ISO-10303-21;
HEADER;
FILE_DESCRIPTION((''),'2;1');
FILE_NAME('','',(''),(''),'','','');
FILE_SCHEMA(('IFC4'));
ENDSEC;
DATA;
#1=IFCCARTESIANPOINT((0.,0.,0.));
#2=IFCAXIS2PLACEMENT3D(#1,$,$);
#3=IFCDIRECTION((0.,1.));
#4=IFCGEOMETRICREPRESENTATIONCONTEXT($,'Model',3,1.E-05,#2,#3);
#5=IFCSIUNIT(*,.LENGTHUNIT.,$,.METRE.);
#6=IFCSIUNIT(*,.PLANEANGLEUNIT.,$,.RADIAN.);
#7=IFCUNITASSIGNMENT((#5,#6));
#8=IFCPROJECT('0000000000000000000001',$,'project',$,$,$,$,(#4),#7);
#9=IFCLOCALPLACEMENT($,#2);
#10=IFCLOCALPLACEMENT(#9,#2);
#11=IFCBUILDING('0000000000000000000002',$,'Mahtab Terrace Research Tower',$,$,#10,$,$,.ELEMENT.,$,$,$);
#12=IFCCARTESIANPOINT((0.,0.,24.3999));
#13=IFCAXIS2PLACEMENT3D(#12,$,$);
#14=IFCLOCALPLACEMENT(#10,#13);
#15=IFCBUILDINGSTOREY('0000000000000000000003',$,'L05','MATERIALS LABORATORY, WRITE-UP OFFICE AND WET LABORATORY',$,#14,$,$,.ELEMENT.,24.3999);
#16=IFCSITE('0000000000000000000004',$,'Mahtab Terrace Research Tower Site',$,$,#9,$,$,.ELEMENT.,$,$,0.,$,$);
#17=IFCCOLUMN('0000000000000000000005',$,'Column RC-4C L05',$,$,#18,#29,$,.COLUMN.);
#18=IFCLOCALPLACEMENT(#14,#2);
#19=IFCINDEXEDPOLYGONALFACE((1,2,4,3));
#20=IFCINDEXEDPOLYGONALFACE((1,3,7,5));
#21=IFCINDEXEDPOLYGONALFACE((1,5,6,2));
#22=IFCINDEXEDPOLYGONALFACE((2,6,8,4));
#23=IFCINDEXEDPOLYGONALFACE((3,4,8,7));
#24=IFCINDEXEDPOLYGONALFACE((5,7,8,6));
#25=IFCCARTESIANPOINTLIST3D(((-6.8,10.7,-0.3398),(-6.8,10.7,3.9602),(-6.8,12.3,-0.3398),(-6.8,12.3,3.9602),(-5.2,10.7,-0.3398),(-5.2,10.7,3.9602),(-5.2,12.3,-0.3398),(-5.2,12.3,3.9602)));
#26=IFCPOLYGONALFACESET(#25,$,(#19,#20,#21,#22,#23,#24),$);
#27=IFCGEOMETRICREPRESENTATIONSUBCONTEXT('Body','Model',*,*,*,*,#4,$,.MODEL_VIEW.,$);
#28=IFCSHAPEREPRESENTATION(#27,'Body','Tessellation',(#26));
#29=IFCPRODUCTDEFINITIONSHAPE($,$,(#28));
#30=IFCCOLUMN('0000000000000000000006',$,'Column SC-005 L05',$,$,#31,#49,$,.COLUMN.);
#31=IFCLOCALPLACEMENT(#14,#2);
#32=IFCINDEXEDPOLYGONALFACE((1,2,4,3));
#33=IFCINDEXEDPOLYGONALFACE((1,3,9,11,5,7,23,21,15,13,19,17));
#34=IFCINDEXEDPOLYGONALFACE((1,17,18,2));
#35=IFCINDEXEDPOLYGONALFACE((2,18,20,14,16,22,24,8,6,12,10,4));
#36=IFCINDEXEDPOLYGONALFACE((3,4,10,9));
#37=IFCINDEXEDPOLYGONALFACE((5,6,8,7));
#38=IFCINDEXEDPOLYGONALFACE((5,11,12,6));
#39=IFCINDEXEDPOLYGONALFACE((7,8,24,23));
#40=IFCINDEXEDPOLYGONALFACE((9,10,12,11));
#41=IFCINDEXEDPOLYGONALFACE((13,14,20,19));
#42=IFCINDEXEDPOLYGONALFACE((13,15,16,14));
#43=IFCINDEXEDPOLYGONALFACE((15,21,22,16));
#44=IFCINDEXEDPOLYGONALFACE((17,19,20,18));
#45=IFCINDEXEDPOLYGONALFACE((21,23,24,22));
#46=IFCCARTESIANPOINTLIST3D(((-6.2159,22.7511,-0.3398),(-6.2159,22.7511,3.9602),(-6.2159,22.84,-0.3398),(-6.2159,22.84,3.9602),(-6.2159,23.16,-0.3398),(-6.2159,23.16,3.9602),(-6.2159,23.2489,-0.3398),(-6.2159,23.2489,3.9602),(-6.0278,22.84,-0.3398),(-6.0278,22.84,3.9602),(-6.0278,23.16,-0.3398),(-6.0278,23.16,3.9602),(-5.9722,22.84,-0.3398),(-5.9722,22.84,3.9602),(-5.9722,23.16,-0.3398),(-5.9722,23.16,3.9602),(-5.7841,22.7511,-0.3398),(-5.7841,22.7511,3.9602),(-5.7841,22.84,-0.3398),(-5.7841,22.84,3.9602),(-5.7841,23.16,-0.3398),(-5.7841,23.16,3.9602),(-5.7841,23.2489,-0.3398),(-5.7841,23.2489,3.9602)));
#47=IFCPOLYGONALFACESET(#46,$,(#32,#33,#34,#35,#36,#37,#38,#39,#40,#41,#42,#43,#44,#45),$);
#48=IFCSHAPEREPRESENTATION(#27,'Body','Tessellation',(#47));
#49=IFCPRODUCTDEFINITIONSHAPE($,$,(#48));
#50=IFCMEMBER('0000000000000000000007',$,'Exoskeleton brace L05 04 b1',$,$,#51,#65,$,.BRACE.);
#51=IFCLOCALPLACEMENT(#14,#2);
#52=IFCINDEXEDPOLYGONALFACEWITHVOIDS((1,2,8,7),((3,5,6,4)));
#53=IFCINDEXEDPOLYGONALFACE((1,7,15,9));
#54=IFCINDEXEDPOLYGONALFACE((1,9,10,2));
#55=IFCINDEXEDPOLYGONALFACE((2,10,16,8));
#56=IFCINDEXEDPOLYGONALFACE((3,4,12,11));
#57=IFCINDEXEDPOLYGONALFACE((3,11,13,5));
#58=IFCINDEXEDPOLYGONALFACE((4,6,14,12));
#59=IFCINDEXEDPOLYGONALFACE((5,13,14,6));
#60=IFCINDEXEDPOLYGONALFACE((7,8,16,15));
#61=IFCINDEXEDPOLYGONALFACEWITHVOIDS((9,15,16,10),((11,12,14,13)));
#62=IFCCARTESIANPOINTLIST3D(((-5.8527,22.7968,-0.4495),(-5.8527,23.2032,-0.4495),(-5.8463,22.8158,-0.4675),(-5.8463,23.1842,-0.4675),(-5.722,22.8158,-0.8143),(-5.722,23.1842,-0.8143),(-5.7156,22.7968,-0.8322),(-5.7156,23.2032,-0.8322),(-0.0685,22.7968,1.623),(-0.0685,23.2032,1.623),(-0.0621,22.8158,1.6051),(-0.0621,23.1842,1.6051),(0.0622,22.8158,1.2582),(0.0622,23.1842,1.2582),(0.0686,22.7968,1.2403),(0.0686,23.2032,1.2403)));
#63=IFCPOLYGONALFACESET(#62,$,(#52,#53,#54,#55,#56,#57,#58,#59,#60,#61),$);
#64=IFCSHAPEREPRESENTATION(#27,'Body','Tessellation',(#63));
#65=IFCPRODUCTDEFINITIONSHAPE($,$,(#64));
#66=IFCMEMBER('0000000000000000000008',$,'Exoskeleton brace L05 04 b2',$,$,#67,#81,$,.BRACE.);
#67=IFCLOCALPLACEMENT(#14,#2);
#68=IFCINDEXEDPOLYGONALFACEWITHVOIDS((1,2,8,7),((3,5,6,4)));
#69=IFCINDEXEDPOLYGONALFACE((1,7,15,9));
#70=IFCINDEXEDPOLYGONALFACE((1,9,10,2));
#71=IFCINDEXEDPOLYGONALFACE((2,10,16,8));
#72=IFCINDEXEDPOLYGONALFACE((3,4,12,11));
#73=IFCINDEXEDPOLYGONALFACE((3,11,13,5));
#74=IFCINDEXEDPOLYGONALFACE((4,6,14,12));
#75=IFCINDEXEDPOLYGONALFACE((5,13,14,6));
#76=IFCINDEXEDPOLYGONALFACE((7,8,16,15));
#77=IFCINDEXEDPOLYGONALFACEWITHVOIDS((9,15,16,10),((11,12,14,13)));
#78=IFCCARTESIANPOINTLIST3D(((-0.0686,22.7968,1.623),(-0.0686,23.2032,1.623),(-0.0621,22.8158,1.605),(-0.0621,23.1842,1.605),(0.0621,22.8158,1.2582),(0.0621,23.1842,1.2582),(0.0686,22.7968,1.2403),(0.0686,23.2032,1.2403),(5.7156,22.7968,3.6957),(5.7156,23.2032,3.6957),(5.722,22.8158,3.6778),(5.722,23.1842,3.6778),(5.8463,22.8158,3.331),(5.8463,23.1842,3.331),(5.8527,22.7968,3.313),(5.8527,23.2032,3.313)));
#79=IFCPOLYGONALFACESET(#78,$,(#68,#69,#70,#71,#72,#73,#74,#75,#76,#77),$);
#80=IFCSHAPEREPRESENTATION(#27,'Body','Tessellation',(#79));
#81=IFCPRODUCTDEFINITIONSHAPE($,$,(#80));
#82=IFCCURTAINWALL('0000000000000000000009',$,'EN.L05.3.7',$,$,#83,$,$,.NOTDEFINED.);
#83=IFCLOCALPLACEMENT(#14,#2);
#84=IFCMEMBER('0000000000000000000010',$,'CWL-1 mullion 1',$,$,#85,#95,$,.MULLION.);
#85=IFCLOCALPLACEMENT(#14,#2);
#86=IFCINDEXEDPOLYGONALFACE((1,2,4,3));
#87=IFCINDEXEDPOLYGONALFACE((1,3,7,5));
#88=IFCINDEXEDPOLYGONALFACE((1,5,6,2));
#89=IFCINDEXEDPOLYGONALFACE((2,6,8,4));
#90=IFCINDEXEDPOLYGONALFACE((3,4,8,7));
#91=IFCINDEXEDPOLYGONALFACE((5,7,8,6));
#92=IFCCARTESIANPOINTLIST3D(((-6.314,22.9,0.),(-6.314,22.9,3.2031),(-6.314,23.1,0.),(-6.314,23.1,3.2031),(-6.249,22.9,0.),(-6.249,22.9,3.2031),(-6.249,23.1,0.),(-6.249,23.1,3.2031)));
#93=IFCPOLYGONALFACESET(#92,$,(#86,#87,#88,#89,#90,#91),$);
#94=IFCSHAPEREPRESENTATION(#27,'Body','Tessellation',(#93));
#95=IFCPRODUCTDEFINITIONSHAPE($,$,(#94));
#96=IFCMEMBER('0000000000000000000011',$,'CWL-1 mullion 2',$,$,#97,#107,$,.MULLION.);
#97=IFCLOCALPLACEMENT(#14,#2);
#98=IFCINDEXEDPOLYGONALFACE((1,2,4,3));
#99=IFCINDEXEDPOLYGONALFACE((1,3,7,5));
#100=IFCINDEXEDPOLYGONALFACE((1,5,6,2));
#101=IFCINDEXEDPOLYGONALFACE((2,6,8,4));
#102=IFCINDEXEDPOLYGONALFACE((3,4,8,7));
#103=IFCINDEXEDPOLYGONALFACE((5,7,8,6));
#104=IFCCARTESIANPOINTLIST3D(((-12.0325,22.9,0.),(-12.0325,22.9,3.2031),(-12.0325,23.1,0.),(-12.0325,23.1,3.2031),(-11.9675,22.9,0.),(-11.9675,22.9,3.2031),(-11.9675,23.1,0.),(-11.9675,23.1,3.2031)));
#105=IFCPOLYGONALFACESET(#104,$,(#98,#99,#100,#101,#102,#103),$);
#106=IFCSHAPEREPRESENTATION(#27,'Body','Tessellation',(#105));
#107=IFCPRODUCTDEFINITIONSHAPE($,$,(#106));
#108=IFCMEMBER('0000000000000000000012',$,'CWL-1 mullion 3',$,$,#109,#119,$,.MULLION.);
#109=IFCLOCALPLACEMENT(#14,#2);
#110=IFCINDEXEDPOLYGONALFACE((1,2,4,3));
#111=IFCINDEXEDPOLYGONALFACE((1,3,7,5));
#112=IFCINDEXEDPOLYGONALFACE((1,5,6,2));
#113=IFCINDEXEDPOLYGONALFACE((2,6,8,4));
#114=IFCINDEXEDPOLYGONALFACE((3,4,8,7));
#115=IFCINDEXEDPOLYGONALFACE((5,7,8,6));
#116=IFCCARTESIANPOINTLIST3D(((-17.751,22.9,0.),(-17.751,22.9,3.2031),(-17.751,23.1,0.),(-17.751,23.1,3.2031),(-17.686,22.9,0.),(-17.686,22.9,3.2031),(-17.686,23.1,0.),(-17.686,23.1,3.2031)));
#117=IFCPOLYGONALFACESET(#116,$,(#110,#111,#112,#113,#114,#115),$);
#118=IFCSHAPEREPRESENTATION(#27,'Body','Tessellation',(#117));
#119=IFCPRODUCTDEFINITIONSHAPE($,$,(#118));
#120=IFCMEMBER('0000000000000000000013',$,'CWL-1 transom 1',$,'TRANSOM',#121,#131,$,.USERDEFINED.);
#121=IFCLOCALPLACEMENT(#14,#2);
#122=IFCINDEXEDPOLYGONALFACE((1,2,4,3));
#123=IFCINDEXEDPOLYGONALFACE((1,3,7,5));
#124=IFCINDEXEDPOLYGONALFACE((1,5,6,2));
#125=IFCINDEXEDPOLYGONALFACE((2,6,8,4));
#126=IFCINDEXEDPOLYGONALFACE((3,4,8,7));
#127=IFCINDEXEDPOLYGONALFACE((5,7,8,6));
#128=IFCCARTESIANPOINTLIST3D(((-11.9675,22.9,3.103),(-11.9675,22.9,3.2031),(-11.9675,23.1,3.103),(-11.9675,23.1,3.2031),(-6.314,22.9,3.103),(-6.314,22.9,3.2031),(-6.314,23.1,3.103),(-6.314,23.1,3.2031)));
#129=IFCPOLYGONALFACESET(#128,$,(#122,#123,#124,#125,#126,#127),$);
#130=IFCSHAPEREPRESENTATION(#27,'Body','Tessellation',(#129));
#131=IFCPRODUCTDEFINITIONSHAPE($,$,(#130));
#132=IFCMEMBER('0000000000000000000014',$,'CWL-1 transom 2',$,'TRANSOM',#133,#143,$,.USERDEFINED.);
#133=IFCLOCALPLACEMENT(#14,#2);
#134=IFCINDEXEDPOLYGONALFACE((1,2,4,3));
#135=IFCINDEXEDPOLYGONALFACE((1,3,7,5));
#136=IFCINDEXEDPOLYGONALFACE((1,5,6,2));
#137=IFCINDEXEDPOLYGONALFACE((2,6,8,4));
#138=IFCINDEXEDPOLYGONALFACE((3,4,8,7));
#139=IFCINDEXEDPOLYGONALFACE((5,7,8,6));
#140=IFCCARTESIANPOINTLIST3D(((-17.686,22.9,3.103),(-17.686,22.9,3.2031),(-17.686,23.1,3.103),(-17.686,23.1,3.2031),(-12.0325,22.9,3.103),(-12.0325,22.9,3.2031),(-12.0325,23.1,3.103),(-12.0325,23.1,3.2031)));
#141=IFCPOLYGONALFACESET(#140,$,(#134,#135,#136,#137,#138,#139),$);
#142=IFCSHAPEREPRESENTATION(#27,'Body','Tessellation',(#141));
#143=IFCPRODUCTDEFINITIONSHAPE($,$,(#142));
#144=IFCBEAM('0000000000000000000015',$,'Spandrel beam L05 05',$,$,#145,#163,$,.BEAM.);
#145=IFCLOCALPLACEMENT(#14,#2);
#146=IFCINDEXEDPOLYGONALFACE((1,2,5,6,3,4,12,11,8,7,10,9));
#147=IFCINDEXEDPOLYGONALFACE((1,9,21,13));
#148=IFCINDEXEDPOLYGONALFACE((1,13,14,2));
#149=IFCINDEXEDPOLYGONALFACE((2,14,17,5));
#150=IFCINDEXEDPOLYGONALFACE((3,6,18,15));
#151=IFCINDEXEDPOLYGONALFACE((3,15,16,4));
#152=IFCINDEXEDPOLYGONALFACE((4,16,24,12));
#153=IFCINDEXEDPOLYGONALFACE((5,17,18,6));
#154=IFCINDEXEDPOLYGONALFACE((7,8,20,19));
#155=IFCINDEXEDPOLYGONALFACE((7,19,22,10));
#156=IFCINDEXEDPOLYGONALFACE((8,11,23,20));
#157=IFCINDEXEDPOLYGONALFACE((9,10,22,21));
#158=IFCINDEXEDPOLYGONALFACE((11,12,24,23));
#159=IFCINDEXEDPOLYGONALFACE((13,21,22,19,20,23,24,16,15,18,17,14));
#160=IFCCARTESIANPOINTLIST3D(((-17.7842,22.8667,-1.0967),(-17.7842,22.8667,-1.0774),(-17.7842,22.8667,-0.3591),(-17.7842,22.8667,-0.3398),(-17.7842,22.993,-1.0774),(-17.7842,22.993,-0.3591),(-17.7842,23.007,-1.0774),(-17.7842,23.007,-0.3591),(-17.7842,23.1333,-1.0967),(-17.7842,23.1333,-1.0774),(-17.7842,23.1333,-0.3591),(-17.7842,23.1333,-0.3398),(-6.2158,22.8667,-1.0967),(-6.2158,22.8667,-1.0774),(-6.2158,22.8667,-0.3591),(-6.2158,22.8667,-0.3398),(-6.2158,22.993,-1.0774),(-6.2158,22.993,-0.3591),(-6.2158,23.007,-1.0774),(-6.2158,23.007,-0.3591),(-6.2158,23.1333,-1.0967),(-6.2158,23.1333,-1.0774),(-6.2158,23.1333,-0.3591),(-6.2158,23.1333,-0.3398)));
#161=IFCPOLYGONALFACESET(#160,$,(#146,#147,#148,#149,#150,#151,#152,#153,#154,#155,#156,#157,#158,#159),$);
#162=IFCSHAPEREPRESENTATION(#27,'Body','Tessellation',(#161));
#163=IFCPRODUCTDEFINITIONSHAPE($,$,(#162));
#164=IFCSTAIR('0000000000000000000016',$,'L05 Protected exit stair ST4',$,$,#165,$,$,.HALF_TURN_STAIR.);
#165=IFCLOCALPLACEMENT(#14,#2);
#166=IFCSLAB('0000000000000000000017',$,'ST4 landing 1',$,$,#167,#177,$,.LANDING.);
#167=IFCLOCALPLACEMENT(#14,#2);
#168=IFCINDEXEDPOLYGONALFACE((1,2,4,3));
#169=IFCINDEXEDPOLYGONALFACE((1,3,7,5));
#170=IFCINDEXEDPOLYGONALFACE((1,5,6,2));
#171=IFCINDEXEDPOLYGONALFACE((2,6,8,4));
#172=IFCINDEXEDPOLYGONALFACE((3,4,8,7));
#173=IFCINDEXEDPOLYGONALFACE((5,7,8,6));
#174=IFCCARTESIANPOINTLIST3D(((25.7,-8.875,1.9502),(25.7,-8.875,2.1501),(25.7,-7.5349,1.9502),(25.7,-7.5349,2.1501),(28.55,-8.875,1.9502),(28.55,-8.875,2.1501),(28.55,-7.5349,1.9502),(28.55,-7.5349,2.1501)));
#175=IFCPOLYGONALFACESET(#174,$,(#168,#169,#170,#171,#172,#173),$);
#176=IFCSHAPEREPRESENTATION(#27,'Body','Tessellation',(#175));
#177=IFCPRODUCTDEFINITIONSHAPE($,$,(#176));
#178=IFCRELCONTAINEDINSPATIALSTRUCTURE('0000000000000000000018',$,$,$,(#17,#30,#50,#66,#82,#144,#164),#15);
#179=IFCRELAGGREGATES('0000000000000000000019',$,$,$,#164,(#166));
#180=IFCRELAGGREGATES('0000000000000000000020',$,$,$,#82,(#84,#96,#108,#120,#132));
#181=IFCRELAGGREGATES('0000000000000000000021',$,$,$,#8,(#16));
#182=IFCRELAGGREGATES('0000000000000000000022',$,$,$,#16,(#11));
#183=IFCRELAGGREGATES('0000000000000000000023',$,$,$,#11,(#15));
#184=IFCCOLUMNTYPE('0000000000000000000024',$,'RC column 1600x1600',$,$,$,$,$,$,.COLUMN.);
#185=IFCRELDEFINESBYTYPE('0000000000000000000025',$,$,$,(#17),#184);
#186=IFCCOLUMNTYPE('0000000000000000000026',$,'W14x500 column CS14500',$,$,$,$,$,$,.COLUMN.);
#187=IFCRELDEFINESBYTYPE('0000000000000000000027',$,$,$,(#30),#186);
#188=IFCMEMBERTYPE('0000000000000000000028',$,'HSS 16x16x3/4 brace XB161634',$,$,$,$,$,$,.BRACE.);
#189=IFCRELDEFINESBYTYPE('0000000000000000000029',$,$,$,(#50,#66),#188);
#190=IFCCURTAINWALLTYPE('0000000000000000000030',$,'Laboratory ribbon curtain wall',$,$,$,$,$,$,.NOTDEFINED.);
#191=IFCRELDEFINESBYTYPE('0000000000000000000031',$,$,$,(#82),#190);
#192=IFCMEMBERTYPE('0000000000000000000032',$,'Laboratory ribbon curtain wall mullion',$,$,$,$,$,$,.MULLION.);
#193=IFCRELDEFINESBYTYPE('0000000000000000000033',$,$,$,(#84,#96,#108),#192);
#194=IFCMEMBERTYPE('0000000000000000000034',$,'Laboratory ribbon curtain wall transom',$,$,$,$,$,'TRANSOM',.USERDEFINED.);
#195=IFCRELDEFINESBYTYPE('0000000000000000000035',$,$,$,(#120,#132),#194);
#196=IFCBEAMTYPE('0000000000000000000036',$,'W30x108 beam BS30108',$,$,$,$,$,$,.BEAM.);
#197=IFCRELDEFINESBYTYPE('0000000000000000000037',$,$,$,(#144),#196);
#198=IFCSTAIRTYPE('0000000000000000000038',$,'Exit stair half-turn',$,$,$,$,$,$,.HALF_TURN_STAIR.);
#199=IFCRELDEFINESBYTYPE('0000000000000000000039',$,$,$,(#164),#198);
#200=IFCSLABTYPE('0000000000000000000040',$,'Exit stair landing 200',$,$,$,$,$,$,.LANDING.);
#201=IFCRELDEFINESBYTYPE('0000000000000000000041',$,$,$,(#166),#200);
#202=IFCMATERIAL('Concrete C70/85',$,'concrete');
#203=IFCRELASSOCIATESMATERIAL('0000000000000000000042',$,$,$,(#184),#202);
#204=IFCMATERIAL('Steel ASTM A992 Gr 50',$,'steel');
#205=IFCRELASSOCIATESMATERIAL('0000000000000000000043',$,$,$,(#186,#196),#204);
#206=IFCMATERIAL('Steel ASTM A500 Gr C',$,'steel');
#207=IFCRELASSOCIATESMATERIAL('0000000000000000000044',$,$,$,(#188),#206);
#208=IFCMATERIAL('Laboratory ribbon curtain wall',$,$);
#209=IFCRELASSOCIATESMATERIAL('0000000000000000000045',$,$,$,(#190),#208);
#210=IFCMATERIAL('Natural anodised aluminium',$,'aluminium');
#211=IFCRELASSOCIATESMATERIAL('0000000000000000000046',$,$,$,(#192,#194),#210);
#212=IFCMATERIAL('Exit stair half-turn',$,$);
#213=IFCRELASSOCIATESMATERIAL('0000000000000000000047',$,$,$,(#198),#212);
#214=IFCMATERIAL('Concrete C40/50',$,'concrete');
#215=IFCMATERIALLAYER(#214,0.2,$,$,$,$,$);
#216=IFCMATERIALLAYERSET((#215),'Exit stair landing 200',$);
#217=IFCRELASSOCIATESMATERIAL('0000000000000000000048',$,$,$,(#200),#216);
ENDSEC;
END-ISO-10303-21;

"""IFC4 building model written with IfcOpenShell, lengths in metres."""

from ifc_helpers import new_model, si_unit, direction, frame, origin, origin_2d, place, context, subcontext, project, spatial, polyline, rectangle, hollow_rectangle, i_section, outline, extrude, material, layer, layer_set, material_profile, profile_set, type_object, element, aggregate, save


model = new_model("IFC4")

# Units and contexts
model_context = context("Model", 3, precision=1e-05, world=origin(), true_north=direction((0.0, 1.0)))
body_context = subcontext(model_context, "Body", "Model", "MODEL_VIEW")
ifc_project = project(units=[si_unit("LENGTHUNIT", "METRE"), si_unit("PLANEANGLEUNIT", "RADIAN")], contexts=[model_context])

# Site, building, storey
site_placement = place(None, origin())
site = spatial("IfcSite", under=ifc_project, at=site_placement, Name="Mahtab Terrace Research Tower Site", CompositionType="ELEMENT", RefElevation=0.0)
building_placement = place(site_placement, origin())
building = spatial("IfcBuilding", under=site, at=building_placement, Name="Mahtab Terrace Research Tower", CompositionType="ELEMENT")
storey_placement = place(building_placement, frame((0.0, 0.0, 24.3999)))
storey = spatial("IfcBuildingStorey", under=building, at=storey_placement, Name="L05", Description="MATERIALS LABORATORY, WRITE-UP OFFICE AND WET LABORATORY", CompositionType="ELEMENT", Elevation=24.3999)

# Columns
ifc_material_1 = material(Name="Concrete C70/85", Category="concrete")
ifc_material_profile_1 = material_profile(ifc_material_1, rectangle(XDim=1.6001, YDim=1.6001, at=origin_2d()), Name="RC column 1600x1600")
ifc_profile_set_1 = profile_set([ifc_material_profile_1], Name="Concrete C70/85")
column_type_1 = type_object("IfcColumnType", Name="RC column 1600x1600", PredefinedType="COLUMN", material=ifc_profile_set_1)
column_1_placement = place(storey_placement, frame((-6.0, 11.5, -0.3398), z_axis=(0.0, 0.0, 1.0), x_axis=(1.0, 0.0, 0.0)))
element("IfcColumn", 1, at=column_1_placement, inside=storey, type_object=column_type_1, Name="Column RC-4C L05", PredefinedType="COLUMN", context=body_context, shape_type="SweptSolid", body=[
    extrude(rectangle(XDim=1.6001, YDim=1.6001, at=origin_2d()), origin(), (0.0, 0.0, 1.0), 4.3),
])
ifc_material_2 = material(Name="Steel ASTM A992 Gr 50", Category="steel")
ifc_material_profile_2 = material_profile(ifc_material_2, i_section(OverallWidth=0.4319, OverallDepth=0.4978, WebThickness=0.0557, FlangeThickness=0.0889, at=origin_2d()), Name="W14X500")
ifc_profile_set_2 = profile_set([ifc_material_profile_2], Name="Steel ASTM A992 Gr 50")
column_type_2 = type_object("IfcColumnType", Name="W14x500 column CS14500", PredefinedType="COLUMN", material=ifc_profile_set_2)
column_2_placement = place(storey_placement, frame((-6.0, 23.0, -0.3398), z_axis=(0.0, 0.0, 1.0), x_axis=(1.0, 0.0, 0.0)))
element("IfcColumn", 2, at=column_2_placement, inside=storey, type_object=column_type_2, Name="Column SC-005 L05", PredefinedType="COLUMN", context=body_context, shape_type="SweptSolid", body=[
    extrude(i_section(OverallWidth=0.4319, OverallDepth=0.4978, WebThickness=0.0557, FlangeThickness=0.0889, at=origin_2d()), origin(), (0.0, 0.0, 1.0), 4.3),
])

# Members
ifc_material_3 = material(Name="Steel ASTM A500 Gr C", Category="steel")
ifc_material_profile_3 = material_profile(ifc_material_3, hollow_rectangle(XDim=0.4065, YDim=0.4065, WallThickness=0.019, at=origin_2d()), Name="HSS16X16X3/4")
ifc_profile_set_3 = profile_set([ifc_material_profile_3], Name="Steel ASTM A500 Gr C")
member_type_1 = type_object("IfcMemberType", Name="HSS 16x16x3/4 brace XB161634", PredefinedType="BRACE", material=ifc_profile_set_3)
for number, where, z_axis, x_axis, name in (
    (3, (-5.7842, 23.0, -0.6409), (0.941394, 0.0, 0.337308), (0.0, 1.0, 0.0), "Exoskeleton brace L05 04 b1"),
    (4, (0.0, 23.0, 1.4316), (0.941382, 0.0, 0.337343), (0.0, 1.0, 0.0), "Exoskeleton brace L05 04 b2"),
):
    element("IfcMember", number, at=place(storey_placement, frame(where, z_axis=z_axis, x_axis=x_axis)), inside=storey, type_object=member_type_1, Name=name, PredefinedType="BRACE", context=body_context, shape_type="SweptSolid", body=[
        extrude(hollow_rectangle(XDim=0.4065, YDim=0.4065, WallThickness=0.019, at=origin_2d()), origin(), (0.0, 0.0, 1.0), 6.1443),
    ])

# Curtain wall, members
ifc_material_4 = material(Name="Laboratory ribbon curtain wall")
curtain_wall_type = type_object("IfcCurtainWallType", Name="Laboratory ribbon curtain wall", PredefinedType="NOTDEFINED", material=ifc_material_4)
curtain_wall_placement = place(storey_placement, origin())
curtain_wall = element("IfcCurtainWall", 5, at=curtain_wall_placement, inside=storey, type_object=curtain_wall_type, Name="EN.L05.3.7", PredefinedType="NOTDEFINED")
ifc_material_5 = material(Name="Natural anodised aluminium", Category="aluminium")
ifc_material_profile_4 = material_profile(ifc_material_5, rectangle(XDim=0.2, YDim=0.0649, at=origin_2d()), Name="MULLION 65x200")
ifc_profile_set_4 = profile_set([ifc_material_profile_4], Name="Natural anodised aluminium")
member_type_2 = type_object("IfcMemberType", Name="Laboratory ribbon curtain wall mullion", PredefinedType="MULLION", material=ifc_profile_set_4)
member_1_placement = place(storey_placement, frame((-6.2815, 23.0, 0.0), z_axis=(0.0, 0.0, 1.0), x_axis=(0.0, -1.0, 0.0)))
member_1 = element("IfcMember", 6, at=member_1_placement, type_object=member_type_2, Name="CWL-1 mullion 1", PredefinedType="MULLION", context=body_context, shape_type="SweptSolid", body=[
    extrude(rectangle(XDim=0.2, YDim=0.0649, at=origin_2d()), origin(), (0.0, 0.0, 1.0), 3.2031),
])
member_2_placement = place(storey_placement, frame((-12.0, 23.0, 0.0), z_axis=(0.0, 0.0, 1.0), x_axis=(0.0, -1.0, 0.0)))
member_2 = element("IfcMember", 7, at=member_2_placement, type_object=member_type_2, Name="CWL-1 mullion 2", PredefinedType="MULLION", context=body_context, shape_type="SweptSolid", body=[
    extrude(rectangle(XDim=0.2, YDim=0.0649, at=origin_2d()), origin(), (0.0, 0.0, 1.0), 3.2031),
])
member_3_placement = place(storey_placement, frame((-17.7185, 23.0, 0.0), z_axis=(0.0, 0.0, 1.0), x_axis=(0.0, -1.0, 0.0)))
member_3 = element("IfcMember", 8, at=member_3_placement, type_object=member_type_2, Name="CWL-1 mullion 3", PredefinedType="MULLION", context=body_context, shape_type="SweptSolid", body=[
    extrude(rectangle(XDim=0.2, YDim=0.0649, at=origin_2d()), origin(), (0.0, 0.0, 1.0), 3.2031),
])
ifc_material_profile_5 = material_profile(ifc_material_5, rectangle(XDim=0.2, YDim=0.1001, at=origin_2d()), Name="TRANSOM 100x200")
ifc_profile_set_5 = profile_set([ifc_material_profile_5], Name="Natural anodised aluminium")
member_type_3 = type_object("IfcMemberType", Name="Laboratory ribbon curtain wall transom", ElementType="TRANSOM", PredefinedType="USERDEFINED", material=ifc_profile_set_5)
member_4_placement = place(storey_placement, frame((-6.314, 23.0, 3.1531), z_axis=(-1.0, 0.0, 0.0), x_axis=(0.0, -1.0, 0.0)))
member_4 = element("IfcMember", 9, at=member_4_placement, type_object=member_type_3, Name="CWL-1 transom 1", ObjectType="TRANSOM", PredefinedType="USERDEFINED", context=body_context, shape_type="SweptSolid", body=[
    extrude(rectangle(XDim=0.2, YDim=0.1001, at=origin_2d()), origin(), (0.0, 0.0, 1.0), 5.6536),
])
member_5_placement = place(storey_placement, frame((-12.0325, 23.0, 3.1531), z_axis=(-1.0, 0.0, 0.0), x_axis=(0.0, -1.0, 0.0)))
member_5 = element("IfcMember", 10, at=member_5_placement, type_object=member_type_3, Name="CWL-1 transom 2", ObjectType="TRANSOM", PredefinedType="USERDEFINED", context=body_context, shape_type="SweptSolid", body=[
    extrude(rectangle(XDim=0.2, YDim=0.1001, at=origin_2d()), origin(), (0.0, 0.0, 1.0), 5.6536),
])

# Beam
ifc_material_profile_6 = material_profile(ifc_material_2, i_section(OverallWidth=0.2666, OverallDepth=0.7568, WebThickness=0.0139, FlangeThickness=0.0193, at=origin_2d()), Name="W30X108")
ifc_profile_set_6 = profile_set([ifc_material_profile_6], Name="Steel ASTM A992 Gr 50")
beam_type = type_object("IfcBeamType", Name="W30x108 beam BS30108", PredefinedType="BEAM", material=ifc_profile_set_6)
beam_placement = place(storey_placement, frame((-6.2158, 23.0, -0.7183), z_axis=(-1.0, 0.0, 0.0), x_axis=(0.0, -1.0, 0.0)))
element("IfcBeam", 11, at=beam_placement, inside=storey, type_object=beam_type, Name="Spandrel beam L05 05", PredefinedType="BEAM", context=body_context, shape_type="SweptSolid", body=[
    extrude(i_section(OverallWidth=0.2666, OverallDepth=0.7568, WebThickness=0.0139, FlangeThickness=0.0193, at=origin_2d()), origin(), (0.0, 0.0, 1.0), 11.5684),
])

# Stair, slab
ifc_material_6 = material(Name="Exit stair half-turn")
stair_type = type_object("IfcStairType", Name="Exit stair half-turn", PredefinedType="HALF_TURN_STAIR", material=ifc_material_6)
stair_placement = place(storey_placement, origin())
stair = element("IfcStair", 12, at=stair_placement, inside=storey, type_object=stair_type, Name="L05 Protected exit stair ST4", PredefinedType="HALF_TURN_STAIR")
ifc_material_7 = material(Name="Concrete C40/50", Category="concrete")
ifc_layer_1 = layer(ifc_material_7, 0.2)
ifc_layer_set_1 = layer_set([ifc_layer_1], Name="Exit stair landing 200")
slab_type = type_object("IfcSlabType", Name="Exit stair landing 200", PredefinedType="LANDING", material=ifc_layer_set_1)
slab_placement = place(storey_placement, frame((0.0, 0.0, 1.9502)))
slab = element("IfcSlab", 13, at=slab_placement, type_object=slab_type, Name="ST4 landing 1", PredefinedType="LANDING", context=body_context, shape_type="SweptSolid", body=[
    extrude(outline(polyline([(25.7, -7.5349), (25.7, -8.875), (28.55, -8.875), (28.55, -7.5349), (25.7, -7.5349)])), origin(), (0.0, 0.0, 1.0), 0.2),
])
aggregate(stair, [slab])

aggregate(curtain_wall, [member_1, member_2, member_3, member_4, member_5])

save(model, "model.ifc")
